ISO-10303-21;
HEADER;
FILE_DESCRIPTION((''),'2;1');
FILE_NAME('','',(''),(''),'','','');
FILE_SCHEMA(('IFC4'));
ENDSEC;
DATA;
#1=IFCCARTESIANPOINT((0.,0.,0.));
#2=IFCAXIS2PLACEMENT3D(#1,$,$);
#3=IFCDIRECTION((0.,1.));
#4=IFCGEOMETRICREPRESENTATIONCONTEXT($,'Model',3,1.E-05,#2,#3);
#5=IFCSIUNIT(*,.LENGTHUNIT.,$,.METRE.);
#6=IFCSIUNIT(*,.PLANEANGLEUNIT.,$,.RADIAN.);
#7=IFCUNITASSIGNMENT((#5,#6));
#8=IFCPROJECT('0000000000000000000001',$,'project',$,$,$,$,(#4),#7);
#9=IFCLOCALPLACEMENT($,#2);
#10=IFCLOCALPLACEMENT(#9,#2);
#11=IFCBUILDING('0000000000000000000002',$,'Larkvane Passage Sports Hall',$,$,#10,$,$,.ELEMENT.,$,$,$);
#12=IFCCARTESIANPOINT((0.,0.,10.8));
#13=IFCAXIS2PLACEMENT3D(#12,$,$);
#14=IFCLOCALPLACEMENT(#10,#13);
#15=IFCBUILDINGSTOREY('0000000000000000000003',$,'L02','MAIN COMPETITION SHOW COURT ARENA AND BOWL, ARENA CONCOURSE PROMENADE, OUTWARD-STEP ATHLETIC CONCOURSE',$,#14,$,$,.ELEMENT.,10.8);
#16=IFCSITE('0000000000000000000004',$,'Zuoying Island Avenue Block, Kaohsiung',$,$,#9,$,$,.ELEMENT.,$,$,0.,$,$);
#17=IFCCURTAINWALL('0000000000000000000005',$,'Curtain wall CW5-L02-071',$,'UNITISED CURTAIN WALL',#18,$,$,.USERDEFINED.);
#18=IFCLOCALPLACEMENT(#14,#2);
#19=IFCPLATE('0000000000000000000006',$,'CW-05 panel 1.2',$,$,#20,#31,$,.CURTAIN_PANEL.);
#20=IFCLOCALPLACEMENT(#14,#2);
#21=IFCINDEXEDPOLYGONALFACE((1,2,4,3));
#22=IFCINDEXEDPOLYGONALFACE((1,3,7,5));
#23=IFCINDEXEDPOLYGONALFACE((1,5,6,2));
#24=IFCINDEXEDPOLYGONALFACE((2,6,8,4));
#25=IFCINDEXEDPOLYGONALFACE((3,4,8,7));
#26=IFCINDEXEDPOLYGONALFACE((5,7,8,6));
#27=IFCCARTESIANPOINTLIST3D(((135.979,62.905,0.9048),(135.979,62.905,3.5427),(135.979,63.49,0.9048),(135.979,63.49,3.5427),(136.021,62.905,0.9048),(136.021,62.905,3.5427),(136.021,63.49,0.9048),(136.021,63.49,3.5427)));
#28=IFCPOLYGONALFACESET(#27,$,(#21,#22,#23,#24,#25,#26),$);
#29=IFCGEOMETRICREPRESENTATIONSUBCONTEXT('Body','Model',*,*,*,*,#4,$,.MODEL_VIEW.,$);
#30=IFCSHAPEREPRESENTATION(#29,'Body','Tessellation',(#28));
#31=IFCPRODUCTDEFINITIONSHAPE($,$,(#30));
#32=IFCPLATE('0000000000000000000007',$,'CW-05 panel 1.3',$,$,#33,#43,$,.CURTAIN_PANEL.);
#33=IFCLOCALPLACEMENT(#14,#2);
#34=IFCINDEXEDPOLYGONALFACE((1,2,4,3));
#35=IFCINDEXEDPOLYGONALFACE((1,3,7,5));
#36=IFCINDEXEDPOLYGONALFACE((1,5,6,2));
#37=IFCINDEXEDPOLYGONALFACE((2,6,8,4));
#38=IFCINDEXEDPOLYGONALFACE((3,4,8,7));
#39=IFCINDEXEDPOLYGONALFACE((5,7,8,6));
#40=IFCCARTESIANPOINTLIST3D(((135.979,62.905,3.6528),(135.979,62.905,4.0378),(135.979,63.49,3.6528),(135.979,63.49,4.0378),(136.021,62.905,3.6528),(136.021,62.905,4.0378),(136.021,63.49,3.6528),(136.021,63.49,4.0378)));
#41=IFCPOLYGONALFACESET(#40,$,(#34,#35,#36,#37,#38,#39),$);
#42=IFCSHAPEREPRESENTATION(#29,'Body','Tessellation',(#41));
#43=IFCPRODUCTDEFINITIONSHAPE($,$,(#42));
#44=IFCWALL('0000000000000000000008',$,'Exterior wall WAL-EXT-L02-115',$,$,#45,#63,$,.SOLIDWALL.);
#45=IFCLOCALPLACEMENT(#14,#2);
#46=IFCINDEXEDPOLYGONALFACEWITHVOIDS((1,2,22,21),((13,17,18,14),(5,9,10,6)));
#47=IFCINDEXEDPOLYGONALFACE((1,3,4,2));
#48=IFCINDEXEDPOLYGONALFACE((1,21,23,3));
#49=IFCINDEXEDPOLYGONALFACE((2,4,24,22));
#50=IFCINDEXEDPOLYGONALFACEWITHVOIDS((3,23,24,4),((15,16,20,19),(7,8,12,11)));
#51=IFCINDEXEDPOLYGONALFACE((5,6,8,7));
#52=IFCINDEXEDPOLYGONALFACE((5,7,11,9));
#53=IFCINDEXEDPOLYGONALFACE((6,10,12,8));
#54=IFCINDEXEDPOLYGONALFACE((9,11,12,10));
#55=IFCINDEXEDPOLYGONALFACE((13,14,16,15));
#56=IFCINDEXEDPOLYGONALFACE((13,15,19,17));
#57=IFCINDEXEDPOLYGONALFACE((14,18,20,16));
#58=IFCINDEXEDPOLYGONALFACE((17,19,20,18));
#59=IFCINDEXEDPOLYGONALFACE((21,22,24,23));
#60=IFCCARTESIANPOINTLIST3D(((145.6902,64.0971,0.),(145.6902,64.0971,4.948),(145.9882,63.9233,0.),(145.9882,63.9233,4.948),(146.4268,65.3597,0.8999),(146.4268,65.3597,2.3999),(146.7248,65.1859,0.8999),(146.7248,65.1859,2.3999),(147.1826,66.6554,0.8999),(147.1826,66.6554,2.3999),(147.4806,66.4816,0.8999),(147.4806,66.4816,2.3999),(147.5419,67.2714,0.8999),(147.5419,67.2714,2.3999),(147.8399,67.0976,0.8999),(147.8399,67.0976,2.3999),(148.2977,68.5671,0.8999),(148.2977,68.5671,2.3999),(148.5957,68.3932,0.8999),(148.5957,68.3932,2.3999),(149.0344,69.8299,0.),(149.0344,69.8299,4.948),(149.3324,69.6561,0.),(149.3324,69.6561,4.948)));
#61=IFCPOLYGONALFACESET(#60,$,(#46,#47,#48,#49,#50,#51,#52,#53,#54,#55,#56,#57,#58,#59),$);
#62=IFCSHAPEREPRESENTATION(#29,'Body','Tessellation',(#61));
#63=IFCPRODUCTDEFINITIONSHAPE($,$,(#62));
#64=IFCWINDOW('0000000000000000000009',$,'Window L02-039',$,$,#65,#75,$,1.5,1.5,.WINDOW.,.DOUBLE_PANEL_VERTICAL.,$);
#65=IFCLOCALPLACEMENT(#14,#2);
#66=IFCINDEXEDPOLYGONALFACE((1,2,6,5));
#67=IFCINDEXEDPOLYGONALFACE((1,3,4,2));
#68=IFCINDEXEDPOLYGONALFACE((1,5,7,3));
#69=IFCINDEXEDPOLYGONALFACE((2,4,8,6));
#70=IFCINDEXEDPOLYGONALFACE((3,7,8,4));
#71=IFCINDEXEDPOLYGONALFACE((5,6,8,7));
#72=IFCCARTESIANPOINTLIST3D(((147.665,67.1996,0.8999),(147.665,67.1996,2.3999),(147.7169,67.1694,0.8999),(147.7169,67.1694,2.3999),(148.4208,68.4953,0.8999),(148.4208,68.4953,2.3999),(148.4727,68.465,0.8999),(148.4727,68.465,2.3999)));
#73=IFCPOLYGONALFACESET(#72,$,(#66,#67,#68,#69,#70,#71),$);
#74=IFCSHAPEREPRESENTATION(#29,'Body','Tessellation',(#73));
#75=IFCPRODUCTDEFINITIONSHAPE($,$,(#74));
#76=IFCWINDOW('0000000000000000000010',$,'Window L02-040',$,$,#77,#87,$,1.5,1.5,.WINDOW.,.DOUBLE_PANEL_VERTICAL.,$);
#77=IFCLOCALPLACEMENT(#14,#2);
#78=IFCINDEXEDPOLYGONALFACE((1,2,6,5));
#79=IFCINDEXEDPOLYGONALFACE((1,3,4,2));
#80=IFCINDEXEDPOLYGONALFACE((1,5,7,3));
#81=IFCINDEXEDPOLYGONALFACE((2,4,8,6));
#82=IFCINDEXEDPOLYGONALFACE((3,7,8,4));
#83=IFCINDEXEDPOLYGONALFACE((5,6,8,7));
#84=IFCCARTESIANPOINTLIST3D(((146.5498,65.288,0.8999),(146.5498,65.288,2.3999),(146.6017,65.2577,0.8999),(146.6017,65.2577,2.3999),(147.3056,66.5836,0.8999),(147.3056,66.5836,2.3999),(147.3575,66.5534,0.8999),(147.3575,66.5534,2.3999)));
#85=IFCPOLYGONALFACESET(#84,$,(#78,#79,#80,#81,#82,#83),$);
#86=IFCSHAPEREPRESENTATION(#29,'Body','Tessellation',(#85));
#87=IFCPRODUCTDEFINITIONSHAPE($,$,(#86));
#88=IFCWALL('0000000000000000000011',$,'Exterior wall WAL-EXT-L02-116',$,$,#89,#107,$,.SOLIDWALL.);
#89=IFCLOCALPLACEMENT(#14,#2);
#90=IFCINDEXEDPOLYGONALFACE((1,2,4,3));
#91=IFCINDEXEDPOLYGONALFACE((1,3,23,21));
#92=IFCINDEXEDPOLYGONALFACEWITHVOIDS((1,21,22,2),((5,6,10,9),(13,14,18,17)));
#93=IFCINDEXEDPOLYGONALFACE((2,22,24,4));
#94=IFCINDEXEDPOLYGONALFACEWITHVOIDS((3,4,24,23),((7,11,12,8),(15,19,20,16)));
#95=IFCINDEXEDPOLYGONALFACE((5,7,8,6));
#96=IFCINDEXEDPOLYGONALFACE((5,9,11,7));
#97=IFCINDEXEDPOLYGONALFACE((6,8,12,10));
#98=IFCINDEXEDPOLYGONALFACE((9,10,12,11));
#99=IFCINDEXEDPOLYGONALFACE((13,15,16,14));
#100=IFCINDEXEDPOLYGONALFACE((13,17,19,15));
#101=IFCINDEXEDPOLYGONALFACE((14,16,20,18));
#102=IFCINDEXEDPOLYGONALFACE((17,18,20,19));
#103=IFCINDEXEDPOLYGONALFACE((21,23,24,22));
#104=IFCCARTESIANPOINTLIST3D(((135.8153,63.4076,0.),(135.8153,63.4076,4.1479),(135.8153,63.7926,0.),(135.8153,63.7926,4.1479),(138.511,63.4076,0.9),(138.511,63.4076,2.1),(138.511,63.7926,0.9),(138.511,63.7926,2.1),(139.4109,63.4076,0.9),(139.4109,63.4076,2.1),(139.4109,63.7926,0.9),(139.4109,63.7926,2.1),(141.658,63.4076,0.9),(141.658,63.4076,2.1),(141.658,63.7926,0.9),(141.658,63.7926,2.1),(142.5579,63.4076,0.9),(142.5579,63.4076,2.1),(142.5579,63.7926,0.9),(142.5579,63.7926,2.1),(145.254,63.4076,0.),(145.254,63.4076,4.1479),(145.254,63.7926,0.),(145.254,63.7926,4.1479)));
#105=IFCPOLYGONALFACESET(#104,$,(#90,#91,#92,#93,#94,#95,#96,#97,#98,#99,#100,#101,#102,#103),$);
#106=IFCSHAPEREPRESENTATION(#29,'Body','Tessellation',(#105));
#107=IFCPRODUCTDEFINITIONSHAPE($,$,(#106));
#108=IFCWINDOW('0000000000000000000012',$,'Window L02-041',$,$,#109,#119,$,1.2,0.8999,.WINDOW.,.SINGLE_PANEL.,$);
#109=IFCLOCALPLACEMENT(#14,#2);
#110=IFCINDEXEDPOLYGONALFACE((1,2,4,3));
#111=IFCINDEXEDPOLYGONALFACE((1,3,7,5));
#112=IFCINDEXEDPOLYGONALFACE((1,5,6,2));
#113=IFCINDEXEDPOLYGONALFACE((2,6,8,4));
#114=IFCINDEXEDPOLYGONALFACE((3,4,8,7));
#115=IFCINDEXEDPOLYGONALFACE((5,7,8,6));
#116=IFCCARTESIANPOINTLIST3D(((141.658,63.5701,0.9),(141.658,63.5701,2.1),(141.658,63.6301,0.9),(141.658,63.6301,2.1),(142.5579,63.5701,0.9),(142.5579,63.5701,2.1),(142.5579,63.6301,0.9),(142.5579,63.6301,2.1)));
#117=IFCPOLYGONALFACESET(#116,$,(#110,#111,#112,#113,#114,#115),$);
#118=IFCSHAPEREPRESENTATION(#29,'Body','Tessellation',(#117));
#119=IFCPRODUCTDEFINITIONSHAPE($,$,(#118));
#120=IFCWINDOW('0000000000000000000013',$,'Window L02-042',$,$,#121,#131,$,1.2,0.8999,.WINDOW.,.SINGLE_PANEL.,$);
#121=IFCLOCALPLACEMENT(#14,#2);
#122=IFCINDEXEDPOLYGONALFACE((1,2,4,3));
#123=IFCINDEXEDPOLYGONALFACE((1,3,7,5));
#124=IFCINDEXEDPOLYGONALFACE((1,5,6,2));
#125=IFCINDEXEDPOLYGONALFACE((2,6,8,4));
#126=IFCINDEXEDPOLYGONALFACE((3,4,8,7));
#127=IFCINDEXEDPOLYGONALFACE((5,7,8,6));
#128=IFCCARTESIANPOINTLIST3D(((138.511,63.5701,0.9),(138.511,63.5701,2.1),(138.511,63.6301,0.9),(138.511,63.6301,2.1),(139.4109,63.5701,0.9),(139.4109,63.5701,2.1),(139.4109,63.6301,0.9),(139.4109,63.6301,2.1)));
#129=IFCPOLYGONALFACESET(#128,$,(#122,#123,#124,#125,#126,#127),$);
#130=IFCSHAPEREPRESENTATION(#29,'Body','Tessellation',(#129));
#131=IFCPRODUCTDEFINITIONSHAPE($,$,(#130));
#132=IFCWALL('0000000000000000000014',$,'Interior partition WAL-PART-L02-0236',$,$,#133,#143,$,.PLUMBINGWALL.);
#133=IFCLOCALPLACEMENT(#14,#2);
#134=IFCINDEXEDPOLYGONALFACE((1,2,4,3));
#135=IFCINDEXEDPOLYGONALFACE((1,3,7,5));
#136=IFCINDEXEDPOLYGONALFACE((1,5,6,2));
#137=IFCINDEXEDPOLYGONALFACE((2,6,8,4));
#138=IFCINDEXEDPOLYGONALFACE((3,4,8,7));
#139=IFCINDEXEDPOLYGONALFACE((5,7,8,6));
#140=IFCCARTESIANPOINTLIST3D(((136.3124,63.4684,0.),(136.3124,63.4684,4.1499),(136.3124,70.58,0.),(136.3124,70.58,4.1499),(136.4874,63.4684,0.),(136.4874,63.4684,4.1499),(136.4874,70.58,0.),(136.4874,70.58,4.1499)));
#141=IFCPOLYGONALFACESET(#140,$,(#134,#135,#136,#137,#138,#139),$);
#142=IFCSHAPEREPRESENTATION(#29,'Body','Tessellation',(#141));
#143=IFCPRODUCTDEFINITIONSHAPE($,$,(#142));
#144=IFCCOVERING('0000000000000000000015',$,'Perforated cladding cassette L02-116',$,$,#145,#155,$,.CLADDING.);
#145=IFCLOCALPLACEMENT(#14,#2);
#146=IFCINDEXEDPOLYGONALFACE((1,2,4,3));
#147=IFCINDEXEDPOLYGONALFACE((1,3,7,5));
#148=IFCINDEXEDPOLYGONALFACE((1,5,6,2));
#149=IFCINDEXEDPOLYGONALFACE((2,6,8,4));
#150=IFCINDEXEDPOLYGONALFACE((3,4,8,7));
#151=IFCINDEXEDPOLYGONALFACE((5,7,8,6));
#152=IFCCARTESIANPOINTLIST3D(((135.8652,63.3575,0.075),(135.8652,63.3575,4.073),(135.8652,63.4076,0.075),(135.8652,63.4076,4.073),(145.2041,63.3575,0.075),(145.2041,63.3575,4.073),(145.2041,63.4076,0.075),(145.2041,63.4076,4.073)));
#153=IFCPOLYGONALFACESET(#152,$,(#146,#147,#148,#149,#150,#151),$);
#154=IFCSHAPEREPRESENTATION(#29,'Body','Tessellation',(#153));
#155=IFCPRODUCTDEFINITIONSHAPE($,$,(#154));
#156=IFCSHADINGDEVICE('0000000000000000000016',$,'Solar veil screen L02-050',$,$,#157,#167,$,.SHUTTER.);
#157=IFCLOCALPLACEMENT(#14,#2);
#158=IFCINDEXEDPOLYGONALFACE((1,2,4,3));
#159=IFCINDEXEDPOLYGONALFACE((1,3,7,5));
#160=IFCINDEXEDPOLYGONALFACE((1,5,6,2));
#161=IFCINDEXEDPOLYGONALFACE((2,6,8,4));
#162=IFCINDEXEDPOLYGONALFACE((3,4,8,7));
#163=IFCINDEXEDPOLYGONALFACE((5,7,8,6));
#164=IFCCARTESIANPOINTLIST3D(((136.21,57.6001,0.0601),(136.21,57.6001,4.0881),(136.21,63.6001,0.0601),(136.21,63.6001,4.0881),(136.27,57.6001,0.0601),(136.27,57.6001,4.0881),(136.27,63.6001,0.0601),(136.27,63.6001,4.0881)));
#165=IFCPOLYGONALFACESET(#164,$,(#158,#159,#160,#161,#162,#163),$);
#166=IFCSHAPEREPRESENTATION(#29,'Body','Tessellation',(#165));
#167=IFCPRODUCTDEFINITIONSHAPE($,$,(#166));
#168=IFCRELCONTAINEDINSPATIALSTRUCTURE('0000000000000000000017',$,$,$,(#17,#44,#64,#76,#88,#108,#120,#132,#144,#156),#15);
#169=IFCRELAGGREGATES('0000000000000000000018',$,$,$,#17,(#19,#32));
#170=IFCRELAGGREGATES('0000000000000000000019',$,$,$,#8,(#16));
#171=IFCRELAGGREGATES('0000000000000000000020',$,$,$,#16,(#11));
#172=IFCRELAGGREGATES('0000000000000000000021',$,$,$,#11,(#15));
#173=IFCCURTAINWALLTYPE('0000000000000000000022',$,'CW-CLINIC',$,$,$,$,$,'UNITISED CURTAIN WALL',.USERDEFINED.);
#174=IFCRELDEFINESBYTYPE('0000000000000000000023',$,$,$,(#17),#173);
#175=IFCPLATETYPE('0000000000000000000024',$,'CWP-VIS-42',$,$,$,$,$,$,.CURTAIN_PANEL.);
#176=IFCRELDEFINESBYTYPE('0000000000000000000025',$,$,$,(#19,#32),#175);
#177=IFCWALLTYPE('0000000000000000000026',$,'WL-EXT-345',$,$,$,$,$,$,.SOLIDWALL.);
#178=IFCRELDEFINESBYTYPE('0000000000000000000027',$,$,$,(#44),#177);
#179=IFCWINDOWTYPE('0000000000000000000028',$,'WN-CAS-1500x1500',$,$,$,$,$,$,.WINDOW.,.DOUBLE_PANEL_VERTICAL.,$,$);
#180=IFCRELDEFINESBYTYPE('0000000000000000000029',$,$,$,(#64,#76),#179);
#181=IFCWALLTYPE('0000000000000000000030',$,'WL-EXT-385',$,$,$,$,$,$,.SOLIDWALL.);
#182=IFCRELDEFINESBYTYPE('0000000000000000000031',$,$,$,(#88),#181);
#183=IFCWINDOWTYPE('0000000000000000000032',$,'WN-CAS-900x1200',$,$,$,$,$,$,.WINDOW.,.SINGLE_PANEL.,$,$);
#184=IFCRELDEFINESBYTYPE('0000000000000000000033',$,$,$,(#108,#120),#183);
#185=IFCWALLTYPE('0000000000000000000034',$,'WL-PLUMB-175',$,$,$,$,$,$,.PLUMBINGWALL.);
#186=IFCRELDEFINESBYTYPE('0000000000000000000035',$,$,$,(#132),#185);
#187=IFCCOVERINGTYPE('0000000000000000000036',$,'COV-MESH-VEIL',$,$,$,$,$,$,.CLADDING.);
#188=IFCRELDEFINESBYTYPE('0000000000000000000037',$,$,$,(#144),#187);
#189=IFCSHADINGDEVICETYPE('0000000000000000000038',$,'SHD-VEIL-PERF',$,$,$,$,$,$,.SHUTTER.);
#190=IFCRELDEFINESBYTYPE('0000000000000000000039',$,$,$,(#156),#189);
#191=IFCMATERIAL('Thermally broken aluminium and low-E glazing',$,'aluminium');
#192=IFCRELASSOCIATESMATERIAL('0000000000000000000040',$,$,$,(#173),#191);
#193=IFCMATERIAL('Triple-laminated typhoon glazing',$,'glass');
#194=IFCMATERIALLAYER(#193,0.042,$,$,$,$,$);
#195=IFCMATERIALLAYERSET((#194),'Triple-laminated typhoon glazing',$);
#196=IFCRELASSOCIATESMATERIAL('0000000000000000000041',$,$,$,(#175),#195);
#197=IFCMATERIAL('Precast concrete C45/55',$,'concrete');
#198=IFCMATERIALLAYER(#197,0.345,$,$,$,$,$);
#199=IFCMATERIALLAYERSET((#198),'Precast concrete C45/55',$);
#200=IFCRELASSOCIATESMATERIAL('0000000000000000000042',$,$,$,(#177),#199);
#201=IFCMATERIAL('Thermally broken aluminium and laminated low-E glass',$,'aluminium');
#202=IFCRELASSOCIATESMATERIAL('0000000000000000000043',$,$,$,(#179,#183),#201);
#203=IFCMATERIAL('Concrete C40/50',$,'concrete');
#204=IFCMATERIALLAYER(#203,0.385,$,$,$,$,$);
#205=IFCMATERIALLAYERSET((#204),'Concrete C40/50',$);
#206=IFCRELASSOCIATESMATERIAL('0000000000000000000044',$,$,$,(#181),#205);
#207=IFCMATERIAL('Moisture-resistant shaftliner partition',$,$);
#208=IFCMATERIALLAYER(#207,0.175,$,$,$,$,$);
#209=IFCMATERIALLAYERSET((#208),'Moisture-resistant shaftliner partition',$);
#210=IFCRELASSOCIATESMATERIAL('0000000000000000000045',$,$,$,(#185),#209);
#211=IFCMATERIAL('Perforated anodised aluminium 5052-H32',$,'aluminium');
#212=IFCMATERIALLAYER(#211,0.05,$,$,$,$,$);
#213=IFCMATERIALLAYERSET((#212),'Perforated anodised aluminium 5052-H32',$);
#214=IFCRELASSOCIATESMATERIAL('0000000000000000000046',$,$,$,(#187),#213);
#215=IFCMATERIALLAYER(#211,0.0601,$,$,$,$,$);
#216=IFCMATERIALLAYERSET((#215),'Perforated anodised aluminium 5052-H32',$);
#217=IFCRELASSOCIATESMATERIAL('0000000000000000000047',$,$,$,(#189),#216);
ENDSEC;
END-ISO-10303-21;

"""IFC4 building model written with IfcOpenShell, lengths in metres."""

from ifc_helpers import new_model, si_unit, direction, frame, frame_2d, origin, origin_2d, place, context, subcontext, project, spatial, rectangle, extrude, material, layer, layer_set, type_object, element, fill, aggregate, save


model = new_model("IFC4")

# Units and contexts
model_context = context("Model", 3, precision=1e-05, world=origin(), true_north=direction((0.0, 1.0)))
body_context = subcontext(model_context, "Body", "Model", "MODEL_VIEW")
ifc_project = project(units=[si_unit("LENGTHUNIT", "METRE"), si_unit("PLANEANGLEUNIT", "RADIAN")], contexts=[model_context])

# Site, building, storey
site_placement = place(None, origin())
site = spatial("IfcSite", under=ifc_project, at=site_placement, Name="Zuoying Island Avenue Block, Kaohsiung", CompositionType="ELEMENT", RefElevation=0.0)
building_placement = place(site_placement, origin())
building = spatial("IfcBuilding", under=site, at=building_placement, Name="Larkvane Passage Sports Hall", CompositionType="ELEMENT")
storey_placement = place(building_placement, frame((0.0, 0.0, 10.8)))
storey = spatial("IfcBuildingStorey", under=building, at=storey_placement, Name="L02", Description="MAIN COMPETITION SHOW COURT ARENA AND BOWL, ARENA CONCOURSE PROMENADE, OUTWARD-STEP ATHLETIC CONCOURSE", CompositionType="ELEMENT", Elevation=10.8)

# Curtain wall
ifc_material_1 = material(Name="Thermally broken aluminium and low-E glazing", Category="aluminium")
curtain_wall_type_1 = type_object("IfcCurtainWallType", Name="CW-CLINIC", ElementType="UNITISED CURTAIN WALL", PredefinedType="USERDEFINED", material=ifc_material_1)
curtain_wall_1_placement = place(storey_placement, origin())
curtain_wall_1 = element("IfcCurtainWall", 1, at=curtain_wall_1_placement, inside=storey, type_object=curtain_wall_type_1, Name="Curtain wall CW5-L02-071", ObjectType="UNITISED CURTAIN WALL", PredefinedType="USERDEFINED")

# Plates
ifc_material_2 = material(Name="Triple-laminated typhoon glazing", Category="glass")
ifc_layer_1 = layer(ifc_material_2, 0.042)
ifc_layer_set_1 = layer_set([ifc_layer_1], Name="Triple-laminated typhoon glazing")
plate_type_1 = type_object("IfcPlateType", Name="CWP-VIS-42", PredefinedType="CURTAIN_PANEL", material=ifc_layer_set_1)
plate_1_placement = place(storey_placement, frame((136.0, 63.1975, 0.9048), z_axis=(0.0, 0.0, 1.0), x_axis=(0.0, -1.0, 0.0)))
plate_1 = element("IfcPlate", 2, at=plate_1_placement, type_object=plate_type_1, Name="CW-05 panel 1.2", PredefinedType="CURTAIN_PANEL", context=body_context, shape_type="SweptSolid", body=[
    extrude(rectangle(XDim=0.585, YDim=0.042, at=origin_2d()), origin(), (0.0, 0.0, 1.0), 2.6379),
])
plate_2_placement = place(storey_placement, frame((136.0, 63.1975, 3.6528), z_axis=(0.0, 0.0, 1.0), x_axis=(0.0, -1.0, 0.0)))
plate_2 = element("IfcPlate", 3, at=plate_2_placement, type_object=plate_type_1, Name="CW-05 panel 1.3", PredefinedType="CURTAIN_PANEL", context=body_context, shape_type="SweptSolid", body=[
    extrude(rectangle(XDim=0.585, YDim=0.042, at=origin_2d()), origin(), (0.0, 0.0, 1.0), 0.385),
])
aggregate(curtain_wall_1, [plate_1, plate_2])

# Walls, openings, windows
ifc_material_3 = material(Name="Precast concrete C45/55", Category="concrete")
ifc_layer_2 = layer(ifc_material_3, 0.345)
ifc_layer_set_2 = layer_set([ifc_layer_2], Name="Precast concrete C45/55")
wall_type_1 = type_object("IfcWallType", Name="WL-EXT-345", PredefinedType="SOLIDWALL", material=ifc_layer_set_2)
wall_1_placement = place(storey_placement, frame((149.1833, 69.7429, 0.0), z_axis=(0.0, 0.0, 1.0), x_axis=(-0.503876, -0.863776, 0.0)))
wall_1 = element("IfcWall", 4, at=wall_1_placement, inside=storey, type_object=wall_type_1, Name="Exterior wall WAL-EXT-L02-115", PredefinedType="SOLIDWALL", context=body_context, shape_type="SweptSolid", body=[
    extrude(rectangle(XDim=6.637, YDim=0.345, at=frame_2d((3.3184, 0.0))), origin(), (0.0, 0.0, 1.0), 4.948),
])
opening_1_placement = place(wall_1_placement, frame((1.4619, 0.0, 0.8999)))
opening_1 = element("IfcOpeningElement", 5, at=opening_1_placement, cuts=wall_1, PredefinedType="OPENING", context=body_context, shape_type="SweptSolid", body=[
    extrude(rectangle(XDim=1.5, YDim=1.5, at=frame_2d((0.75, 0.75))), frame((0.0, 0.1824, 0.0), z_axis=(0.0, -1.0, 0.0), x_axis=(1.0, 0.0, 0.0)), (0.0, 0.0, 1.0), 0.365),
])
opening_2_placement = place(wall_1_placement, frame((3.675, 0.0, 0.8999)))
opening_2 = element("IfcOpeningElement", 6, at=opening_2_placement, cuts=wall_1, PredefinedType="OPENING", context=body_context, shape_type="SweptSolid", body=[
    extrude(rectangle(XDim=1.5, YDim=1.5, at=frame_2d((0.75, 0.75))), frame((0.0, 0.1824, 0.0), z_axis=(0.0, -1.0, 0.0), x_axis=(1.0, 0.0, 0.0)), (0.0, 0.0, 1.0), 0.365),
])
ifc_material_4 = material(Name="Thermally broken aluminium and laminated low-E glass", Category="aluminium")
window_type_1 = type_object("IfcWindowType", Name="WN-CAS-1500x1500", PartitioningType="DOUBLE_PANEL_VERTICAL", PredefinedType="WINDOW", material=ifc_material_4)
window_1_placement = place(opening_1_placement, origin())
window_1 = element("IfcWindow", 7, at=window_1_placement, inside=storey, type_object=window_type_1, Name="Window L02-039", OverallHeight=1.5, OverallWidth=1.5, PartitioningType="DOUBLE_PANEL_VERTICAL", PredefinedType="WINDOW", context=body_context, shape_type="SweptSolid", body=[
    extrude(rectangle(XDim=1.5, YDim=1.5, at=frame_2d((0.75, 0.75))), frame((0.0, 0.03, 0.0), z_axis=(0.0, -1.0, 0.0), x_axis=(1.0, 0.0, 0.0)), (0.0, 0.0, 1.0), 0.0601),
])
fill(opening_1, window_1)
window_2_placement = place(opening_2_placement, origin())
window_2 = element("IfcWindow", 8, at=window_2_placement, inside=storey, type_object=window_type_1, Name="Window L02-040", OverallHeight=1.5, OverallWidth=1.5, PartitioningType="DOUBLE_PANEL_VERTICAL", PredefinedType="WINDOW", context=body_context, shape_type="SweptSolid", body=[
    extrude(rectangle(XDim=1.5, YDim=1.5, at=frame_2d((0.75, 0.75))), frame((0.0, 0.03, 0.0), z_axis=(0.0, -1.0, 0.0), x_axis=(1.0, 0.0, 0.0)), (0.0, 0.0, 1.0), 0.0601),
])
fill(opening_2, window_2)
ifc_material_5 = material(Name="Concrete C40/50", Category="concrete")
ifc_layer_3 = layer(ifc_material_5, 0.385)
ifc_layer_set_3 = layer_set([ifc_layer_3], Name="Concrete C40/50")
wall_type_2 = type_object("IfcWallType", Name="WL-EXT-385", PredefinedType="SOLIDWALL", material=ifc_layer_set_3)
wall_2_placement = place(storey_placement, frame((145.2539, 63.6001, 0.0), z_axis=(0.0, 0.0, 1.0), x_axis=(-1.0, 0.0, 0.0)))
wall_2 = element("IfcWall", 9, at=wall_2_placement, inside=storey, type_object=wall_type_2, Name="Exterior wall WAL-EXT-L02-116", PredefinedType="SOLIDWALL", context=body_context, shape_type="SweptSolid", body=[
    extrude(rectangle(XDim=9.4387, YDim=0.385, at=frame_2d((4.7192, 0.0))), origin(), (0.0, 0.0, 1.0), 4.1479),
])
opening_3_placement = place(wall_2_placement, frame((2.696, 0.0, 0.8999)))
opening_3 = element("IfcOpeningElement", 10, at=opening_3_placement, cuts=wall_2, PredefinedType="OPENING", context=body_context, shape_type="SweptSolid", body=[
    extrude(rectangle(XDim=0.8999, YDim=1.2, at=frame_2d((0.45, 0.6001))), frame((0.0, 0.2024, 0.0), z_axis=(0.0, -1.0, 0.0), x_axis=(1.0, 0.0, 0.0)), (0.0, 0.0, 1.0), 0.405),
])
opening_4_placement = place(wall_2_placement, frame((5.843, 0.0, 0.8999)))
opening_4 = element("IfcOpeningElement", 11, at=opening_4_placement, cuts=wall_2, PredefinedType="OPENING", context=body_context, shape_type="SweptSolid", body=[
    extrude(rectangle(XDim=0.8999, YDim=1.2, at=frame_2d((0.45, 0.6001))), frame((0.0, 0.2024, 0.0), z_axis=(0.0, -1.0, 0.0), x_axis=(1.0, 0.0, 0.0)), (0.0, 0.0, 1.0), 0.405),
])
window_type_2 = type_object("IfcWindowType", Name="WN-CAS-900x1200", PartitioningType="SINGLE_PANEL", PredefinedType="WINDOW", material=ifc_material_4)
window_3_placement = place(opening_3_placement, origin())
window_3 = element("IfcWindow", 12, at=window_3_placement, inside=storey, type_object=window_type_2, Name="Window L02-041", OverallHeight=1.2, OverallWidth=0.8999, PartitioningType="SINGLE_PANEL", PredefinedType="WINDOW", context=body_context, shape_type="SweptSolid", body=[
    extrude(rectangle(XDim=0.8999, YDim=1.2, at=frame_2d((0.45, 0.6001))), frame((0.0, 0.03, 0.0), z_axis=(0.0, -1.0, 0.0), x_axis=(1.0, 0.0, 0.0)), (0.0, 0.0, 1.0), 0.0601),
])
fill(opening_3, window_3)
window_4_placement = place(opening_4_placement, origin())
window_4 = element("IfcWindow", 13, at=window_4_placement, inside=storey, type_object=window_type_2, Name="Window L02-042", OverallHeight=1.2, OverallWidth=0.8999, PartitioningType="SINGLE_PANEL", PredefinedType="WINDOW", context=body_context, shape_type="SweptSolid", body=[
    extrude(rectangle(XDim=0.8999, YDim=1.2, at=frame_2d((0.45, 0.6001))), frame((0.0, 0.03, 0.0), z_axis=(0.0, -1.0, 0.0), x_axis=(1.0, 0.0, 0.0)), (0.0, 0.0, 1.0), 0.0601),
])
fill(opening_4, window_4)

# Wall
ifc_material_6 = material(Name="Moisture-resistant shaftliner partition")
ifc_layer_4 = layer(ifc_material_6, 0.175)
ifc_layer_set_4 = layer_set([ifc_layer_4], Name="Moisture-resistant shaftliner partition")
wall_type_3 = type_object("IfcWallType", Name="WL-PLUMB-175", PredefinedType="PLUMBINGWALL", material=ifc_layer_set_4)
wall_3_placement = place(storey_placement, frame((136.3999, 63.4685, 0.0), z_axis=(0.0, 0.0, 1.0), x_axis=(0.0, 1.0, 0.0)))
element("IfcWall", 14, at=wall_3_placement, inside=storey, type_object=wall_type_3, Name="Interior partition WAL-PART-L02-0236", PredefinedType="PLUMBINGWALL", context=body_context, shape_type="SweptSolid", body=[
    extrude(rectangle(XDim=7.1116, YDim=0.175, at=frame_2d((3.5557, 0.0))), origin(), (0.0, 0.0, 1.0), 4.1499),
])

# Covering
ifc_material_7 = material(Name="Perforated anodised aluminium 5052-H32", Category="aluminium")
ifc_layer_5 = layer(ifc_material_7, 0.05)
ifc_layer_set_5 = layer_set([ifc_layer_5], Name="Perforated anodised aluminium 5052-H32")
covering_type = type_object("IfcCoveringType", Name="COV-MESH-VEIL", PredefinedType="CLADDING", material=ifc_layer_set_5)
covering_placement = place(storey_placement, frame((140.5347, 63.3826, 0.075), z_axis=(0.0, 0.0, 1.0), x_axis=(-1.0, 0.0, 0.0)))
element("IfcCovering", 15, at=covering_placement, inside=storey, type_object=covering_type, Name="Perforated cladding cassette L02-116", PredefinedType="CLADDING", context=body_context, shape_type="SweptSolid", body=[
    extrude(rectangle(XDim=9.3389, YDim=0.05, at=origin_2d()), origin(), (0.0, 0.0, 1.0), 3.998),
])

# Shading device
ifc_layer_6 = layer(ifc_material_7, 0.0601)
ifc_layer_set_6 = layer_set([ifc_layer_6], Name="Perforated anodised aluminium 5052-H32")
shading_device_type = type_object("IfcShadingDeviceType", Name="SHD-VEIL-PERF", PredefinedType="SHUTTER", material=ifc_layer_set_6)
shading_device_placement = place(storey_placement, frame((136.24, 60.6001, 0.0601), z_axis=(0.0, 0.0, 1.0), x_axis=(0.0, -1.0, 0.0)))
element("IfcShadingDevice", 16, at=shading_device_placement, inside=storey, type_object=shading_device_type, Name="Solar veil screen L02-050", PredefinedType="SHUTTER", context=body_context, shape_type="SweptSolid", body=[
    extrude(rectangle(XDim=6.0, YDim=0.0601, at=origin_2d()), origin(), (0.0, 0.0, 1.0), 4.0281),
])

save(model, "model.ifc")
